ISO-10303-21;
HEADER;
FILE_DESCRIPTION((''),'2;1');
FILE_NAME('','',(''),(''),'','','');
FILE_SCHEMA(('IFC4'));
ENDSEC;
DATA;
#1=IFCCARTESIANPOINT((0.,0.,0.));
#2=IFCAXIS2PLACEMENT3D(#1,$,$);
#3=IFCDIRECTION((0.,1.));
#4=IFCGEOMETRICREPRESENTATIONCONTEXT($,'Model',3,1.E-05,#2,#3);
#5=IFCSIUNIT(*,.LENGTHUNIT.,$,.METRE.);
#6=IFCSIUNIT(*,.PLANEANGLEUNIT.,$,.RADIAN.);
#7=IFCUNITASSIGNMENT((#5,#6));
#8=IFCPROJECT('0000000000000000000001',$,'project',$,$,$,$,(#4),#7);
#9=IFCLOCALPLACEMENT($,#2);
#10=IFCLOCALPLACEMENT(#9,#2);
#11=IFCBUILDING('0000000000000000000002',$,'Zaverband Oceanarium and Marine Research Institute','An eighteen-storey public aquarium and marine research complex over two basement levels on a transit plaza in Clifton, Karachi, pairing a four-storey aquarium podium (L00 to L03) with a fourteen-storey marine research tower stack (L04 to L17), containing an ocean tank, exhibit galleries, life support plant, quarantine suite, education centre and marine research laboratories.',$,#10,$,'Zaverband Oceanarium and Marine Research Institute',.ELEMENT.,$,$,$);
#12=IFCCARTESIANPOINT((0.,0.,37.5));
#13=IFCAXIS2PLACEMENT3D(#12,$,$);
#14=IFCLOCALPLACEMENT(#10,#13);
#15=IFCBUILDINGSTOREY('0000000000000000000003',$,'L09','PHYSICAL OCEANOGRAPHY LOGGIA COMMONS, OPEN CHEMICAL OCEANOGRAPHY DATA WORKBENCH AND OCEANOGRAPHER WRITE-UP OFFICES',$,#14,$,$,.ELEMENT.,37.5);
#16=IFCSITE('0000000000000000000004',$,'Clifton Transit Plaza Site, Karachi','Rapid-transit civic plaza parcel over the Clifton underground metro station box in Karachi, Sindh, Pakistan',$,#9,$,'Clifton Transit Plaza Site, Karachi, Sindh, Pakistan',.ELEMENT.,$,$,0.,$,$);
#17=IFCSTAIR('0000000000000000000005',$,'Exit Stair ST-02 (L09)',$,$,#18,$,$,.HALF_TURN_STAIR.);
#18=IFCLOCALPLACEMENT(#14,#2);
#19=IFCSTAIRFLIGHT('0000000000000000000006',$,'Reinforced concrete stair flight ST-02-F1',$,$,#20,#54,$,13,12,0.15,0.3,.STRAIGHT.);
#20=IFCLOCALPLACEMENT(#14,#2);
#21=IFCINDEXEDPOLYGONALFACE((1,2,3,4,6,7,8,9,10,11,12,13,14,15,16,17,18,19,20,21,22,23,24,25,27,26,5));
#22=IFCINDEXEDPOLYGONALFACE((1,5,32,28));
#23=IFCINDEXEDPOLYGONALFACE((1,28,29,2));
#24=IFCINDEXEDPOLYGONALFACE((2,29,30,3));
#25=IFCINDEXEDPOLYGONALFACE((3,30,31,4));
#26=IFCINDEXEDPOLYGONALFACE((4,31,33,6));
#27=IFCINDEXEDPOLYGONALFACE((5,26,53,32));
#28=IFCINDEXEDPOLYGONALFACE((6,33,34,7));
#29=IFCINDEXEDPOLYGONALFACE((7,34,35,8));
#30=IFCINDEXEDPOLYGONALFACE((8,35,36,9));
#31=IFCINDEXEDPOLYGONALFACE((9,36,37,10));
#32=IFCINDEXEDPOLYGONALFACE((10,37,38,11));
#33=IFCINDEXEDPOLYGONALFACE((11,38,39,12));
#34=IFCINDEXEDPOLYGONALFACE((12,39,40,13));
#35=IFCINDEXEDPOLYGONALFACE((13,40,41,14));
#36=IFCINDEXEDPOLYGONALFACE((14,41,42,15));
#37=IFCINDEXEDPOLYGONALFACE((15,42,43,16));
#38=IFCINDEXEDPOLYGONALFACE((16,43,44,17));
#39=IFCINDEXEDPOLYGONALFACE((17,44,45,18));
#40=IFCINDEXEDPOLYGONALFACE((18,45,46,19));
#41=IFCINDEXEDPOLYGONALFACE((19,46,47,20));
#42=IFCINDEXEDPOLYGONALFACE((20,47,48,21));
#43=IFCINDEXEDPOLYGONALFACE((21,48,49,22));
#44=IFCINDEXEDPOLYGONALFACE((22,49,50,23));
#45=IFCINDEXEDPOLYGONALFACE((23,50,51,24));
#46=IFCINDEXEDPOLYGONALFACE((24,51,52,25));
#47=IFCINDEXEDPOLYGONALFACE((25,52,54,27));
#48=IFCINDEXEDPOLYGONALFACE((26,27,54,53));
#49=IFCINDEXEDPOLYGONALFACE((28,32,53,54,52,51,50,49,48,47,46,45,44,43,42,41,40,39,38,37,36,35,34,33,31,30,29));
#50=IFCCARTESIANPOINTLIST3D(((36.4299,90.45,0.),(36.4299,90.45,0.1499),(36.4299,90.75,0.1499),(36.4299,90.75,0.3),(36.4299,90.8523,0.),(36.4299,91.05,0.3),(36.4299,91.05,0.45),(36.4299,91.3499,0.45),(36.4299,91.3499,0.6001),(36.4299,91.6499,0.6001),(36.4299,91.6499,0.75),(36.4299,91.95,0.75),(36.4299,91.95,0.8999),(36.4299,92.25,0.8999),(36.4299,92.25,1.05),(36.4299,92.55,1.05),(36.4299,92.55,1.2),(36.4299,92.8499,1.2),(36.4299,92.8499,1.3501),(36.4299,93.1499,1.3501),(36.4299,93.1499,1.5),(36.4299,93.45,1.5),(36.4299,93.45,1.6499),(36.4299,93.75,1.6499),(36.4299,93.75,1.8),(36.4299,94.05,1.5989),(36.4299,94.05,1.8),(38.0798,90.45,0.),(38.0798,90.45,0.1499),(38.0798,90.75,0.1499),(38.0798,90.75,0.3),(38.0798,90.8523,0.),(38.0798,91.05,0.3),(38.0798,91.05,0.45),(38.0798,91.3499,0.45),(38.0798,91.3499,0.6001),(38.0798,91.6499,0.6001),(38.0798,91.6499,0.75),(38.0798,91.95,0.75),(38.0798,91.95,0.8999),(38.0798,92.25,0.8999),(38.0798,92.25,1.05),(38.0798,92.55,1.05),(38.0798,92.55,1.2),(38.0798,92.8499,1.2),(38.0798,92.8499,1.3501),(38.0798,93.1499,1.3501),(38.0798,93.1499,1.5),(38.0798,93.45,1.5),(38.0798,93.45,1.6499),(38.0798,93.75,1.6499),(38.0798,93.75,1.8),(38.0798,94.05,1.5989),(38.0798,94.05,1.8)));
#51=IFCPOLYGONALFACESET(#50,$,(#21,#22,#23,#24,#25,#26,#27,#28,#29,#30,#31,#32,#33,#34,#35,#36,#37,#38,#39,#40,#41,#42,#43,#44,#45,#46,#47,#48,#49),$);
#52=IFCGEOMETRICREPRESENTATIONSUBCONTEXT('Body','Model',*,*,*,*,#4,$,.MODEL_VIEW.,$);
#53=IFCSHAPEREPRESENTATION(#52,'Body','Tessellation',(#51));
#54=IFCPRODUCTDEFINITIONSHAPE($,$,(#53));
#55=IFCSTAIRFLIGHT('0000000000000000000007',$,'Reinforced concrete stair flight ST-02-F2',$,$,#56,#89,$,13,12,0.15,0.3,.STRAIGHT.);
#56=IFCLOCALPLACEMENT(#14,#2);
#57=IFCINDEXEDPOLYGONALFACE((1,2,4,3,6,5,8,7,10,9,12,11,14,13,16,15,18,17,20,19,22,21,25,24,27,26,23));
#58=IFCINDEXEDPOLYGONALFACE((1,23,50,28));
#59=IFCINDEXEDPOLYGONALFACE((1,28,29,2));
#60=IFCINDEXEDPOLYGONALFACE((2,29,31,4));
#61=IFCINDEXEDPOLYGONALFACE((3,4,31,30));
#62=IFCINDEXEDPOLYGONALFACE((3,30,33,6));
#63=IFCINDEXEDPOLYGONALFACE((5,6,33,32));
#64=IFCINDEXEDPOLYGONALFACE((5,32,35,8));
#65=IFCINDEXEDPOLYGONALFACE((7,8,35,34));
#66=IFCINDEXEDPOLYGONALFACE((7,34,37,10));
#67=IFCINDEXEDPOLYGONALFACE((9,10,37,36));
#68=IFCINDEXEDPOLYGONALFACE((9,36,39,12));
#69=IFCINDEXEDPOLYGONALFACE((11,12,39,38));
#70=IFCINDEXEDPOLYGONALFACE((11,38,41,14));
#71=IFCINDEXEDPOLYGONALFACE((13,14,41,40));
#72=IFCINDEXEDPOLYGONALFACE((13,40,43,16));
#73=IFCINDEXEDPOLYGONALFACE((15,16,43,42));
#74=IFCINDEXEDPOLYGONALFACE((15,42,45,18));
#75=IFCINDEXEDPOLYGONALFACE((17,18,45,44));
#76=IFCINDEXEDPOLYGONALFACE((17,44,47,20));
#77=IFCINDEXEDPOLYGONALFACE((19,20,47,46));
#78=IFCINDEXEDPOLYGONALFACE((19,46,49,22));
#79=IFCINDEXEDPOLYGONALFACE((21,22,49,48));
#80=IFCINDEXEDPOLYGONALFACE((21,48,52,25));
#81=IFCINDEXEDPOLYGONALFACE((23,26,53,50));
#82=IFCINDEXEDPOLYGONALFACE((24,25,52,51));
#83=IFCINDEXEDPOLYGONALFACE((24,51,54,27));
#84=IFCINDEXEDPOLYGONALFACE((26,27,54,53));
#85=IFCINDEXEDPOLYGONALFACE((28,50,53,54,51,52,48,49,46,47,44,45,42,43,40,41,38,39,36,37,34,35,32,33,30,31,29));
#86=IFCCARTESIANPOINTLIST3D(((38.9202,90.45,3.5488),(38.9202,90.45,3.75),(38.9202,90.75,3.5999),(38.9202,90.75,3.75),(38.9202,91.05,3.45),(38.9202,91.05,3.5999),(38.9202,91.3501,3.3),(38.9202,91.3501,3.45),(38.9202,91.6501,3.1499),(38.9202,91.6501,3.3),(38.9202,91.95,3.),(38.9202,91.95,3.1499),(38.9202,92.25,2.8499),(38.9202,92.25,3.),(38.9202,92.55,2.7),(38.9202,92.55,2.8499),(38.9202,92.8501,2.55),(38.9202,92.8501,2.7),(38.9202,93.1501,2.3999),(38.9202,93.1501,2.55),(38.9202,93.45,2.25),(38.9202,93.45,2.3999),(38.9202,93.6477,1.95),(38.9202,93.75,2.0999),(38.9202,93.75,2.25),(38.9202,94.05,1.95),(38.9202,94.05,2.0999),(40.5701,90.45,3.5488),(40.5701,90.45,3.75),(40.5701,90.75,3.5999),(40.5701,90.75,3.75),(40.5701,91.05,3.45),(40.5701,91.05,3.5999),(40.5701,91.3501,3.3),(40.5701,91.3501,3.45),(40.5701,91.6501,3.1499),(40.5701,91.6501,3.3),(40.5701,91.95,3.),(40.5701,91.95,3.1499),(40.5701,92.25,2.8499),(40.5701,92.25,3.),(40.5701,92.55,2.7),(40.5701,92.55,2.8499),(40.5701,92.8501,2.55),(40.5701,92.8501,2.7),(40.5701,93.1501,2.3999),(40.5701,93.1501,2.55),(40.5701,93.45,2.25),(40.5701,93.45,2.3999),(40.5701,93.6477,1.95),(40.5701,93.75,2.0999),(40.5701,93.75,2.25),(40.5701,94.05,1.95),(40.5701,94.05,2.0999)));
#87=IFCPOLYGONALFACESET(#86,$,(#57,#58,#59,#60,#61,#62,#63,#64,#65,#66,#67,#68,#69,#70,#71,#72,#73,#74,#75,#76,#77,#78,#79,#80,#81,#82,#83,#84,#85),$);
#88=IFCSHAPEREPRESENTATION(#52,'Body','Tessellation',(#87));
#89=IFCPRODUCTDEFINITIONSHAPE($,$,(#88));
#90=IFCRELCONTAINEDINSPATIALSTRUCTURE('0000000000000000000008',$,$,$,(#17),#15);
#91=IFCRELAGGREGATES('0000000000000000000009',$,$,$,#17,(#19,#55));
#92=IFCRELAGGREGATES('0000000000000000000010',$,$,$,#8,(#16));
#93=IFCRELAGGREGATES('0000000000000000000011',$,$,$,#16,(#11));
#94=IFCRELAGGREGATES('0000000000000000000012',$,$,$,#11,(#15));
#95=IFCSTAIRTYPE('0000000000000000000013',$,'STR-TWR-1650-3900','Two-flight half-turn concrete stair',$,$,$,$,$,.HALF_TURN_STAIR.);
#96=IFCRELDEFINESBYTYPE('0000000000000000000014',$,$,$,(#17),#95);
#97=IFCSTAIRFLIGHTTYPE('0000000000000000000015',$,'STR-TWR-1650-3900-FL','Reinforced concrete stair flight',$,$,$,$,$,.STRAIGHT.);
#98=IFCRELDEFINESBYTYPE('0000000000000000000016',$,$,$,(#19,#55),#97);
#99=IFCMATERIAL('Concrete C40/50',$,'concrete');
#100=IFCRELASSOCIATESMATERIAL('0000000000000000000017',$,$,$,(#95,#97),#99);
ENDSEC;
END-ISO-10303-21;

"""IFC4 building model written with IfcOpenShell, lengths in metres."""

from ifc_helpers import new_model, si_unit, direction, frame, origin, place, context, subcontext, project, spatial, polyline, outline, extrude, material, type_object, element, aggregate, save


model = new_model("IFC4")

# Units and contexts
model_context = context("Model", 3, precision=1e-05, world=origin(), true_north=direction((0.0, 1.0)))
body_context = subcontext(model_context, "Body", "Model", "MODEL_VIEW")
ifc_project = project(units=[si_unit("LENGTHUNIT", "METRE"), si_unit("PLANEANGLEUNIT", "RADIAN")], contexts=[model_context])

# Site, building, storey
site_placement = place(None, origin())
site = spatial("IfcSite", under=ifc_project, at=site_placement, Name="Clifton Transit Plaza Site, Karachi", Description="Rapid-transit civic plaza parcel over the Clifton underground metro station box in Karachi, Sindh, Pakistan", LongName="Clifton Transit Plaza Site, Karachi, Sindh, Pakistan", CompositionType="ELEMENT", RefElevation=0.0)
building_placement = place(site_placement, origin())
building = spatial("IfcBuilding", under=site, at=building_placement, Name="Zaverband Oceanarium and Marine Research Institute", Description="An eighteen-storey public aquarium and marine research complex over two basement levels on a transit plaza in Clifton, Karachi, pairing a four-storey aquarium podium (L00 to L03) with a fourteen-storey marine research tower stack (L04 to L17), containing an ocean tank, exhibit galleries, life support plant, quarantine suite, education centre and marine research laboratories.", LongName="Zaverband Oceanarium and Marine Research Institute", CompositionType="ELEMENT")
storey_placement = place(building_placement, frame((0.0, 0.0, 37.5)))
storey = spatial("IfcBuildingStorey", under=building, at=storey_placement, Name="L09", Description="PHYSICAL OCEANOGRAPHY LOGGIA COMMONS, OPEN CHEMICAL OCEANOGRAPHY DATA WORKBENCH AND OCEANOGRAPHER WRITE-UP OFFICES", CompositionType="ELEMENT", Elevation=37.5)

# Shared definitions
ifc_material_1 = material(Name="Concrete C40/50", Category="concrete")

# Stair, stair flights
stair_type = type_object("IfcStairType", Name="STR-TWR-1650-3900", Description="Two-flight half-turn concrete stair", PredefinedType="HALF_TURN_STAIR", material=ifc_material_1)
stair_placement = place(storey_placement, origin())
stair = element("IfcStair", 1, at=stair_placement, inside=storey, type_object=stair_type, Name="Exit Stair ST-02 (L09)", PredefinedType="HALF_TURN_STAIR")
stair_flight_type = type_object("IfcStairFlightType", Name="STR-TWR-1650-3900-FL", Description="Reinforced concrete stair flight", PredefinedType="STRAIGHT", material=ifc_material_1)
stair_flight_1_placement = place(storey_placement, frame((37.2549, 90.45, 0.0), z_axis=(0.0, 0.0, 1.0), x_axis=(0.0, 1.0, 0.0)))
stair_flight_1 = element("IfcStairFlight", 2, at=stair_flight_1_placement, type_object=stair_flight_type, Name="Reinforced concrete stair flight ST-02-F1", NumberOfRisers=13, NumberOfTreads=12, PredefinedType="STRAIGHT", RiserHeight=0.15, TreadLength=0.3, context=body_context, shape_type="SweptSolid", body=[
    extrude(outline(polyline([(0.0, 0.0), (0.0, 0.1499), (0.3, 0.1499), (0.3, 0.3), (0.6001, 0.3), (0.6001, 0.45), (0.8999, 0.45), (0.8999, 0.6001), (1.2, 0.6001), (1.2, 0.75), (1.5, 0.75), (1.5, 0.8999), (1.8, 0.8999), (1.8, 1.05), (2.1001, 1.05), (2.1001, 1.2), (2.3999, 1.2), (2.3999, 1.3501), (2.7, 1.3501), (2.7, 1.5), (3.0, 1.5), (3.0, 1.6499), (3.3, 1.6499), (3.3, 1.8), (3.6001, 1.8), (3.6001, 1.95), (3.6001, 1.5989), (0.4023, 0.0), (0.0, 0.0)])), frame((0.0, 0.825, 0.0), z_axis=(0.0, -1.0, 0.0), x_axis=(1.0, 0.0, 0.0)), (0.0, 0.0, 1.0), 1.6499),
])
stair_flight_2_placement = place(storey_placement, frame((39.7451, 94.05, 1.95), z_axis=(0.0, 0.0, 1.0), x_axis=(0.0, -1.0, 0.0)))
stair_flight_2 = element("IfcStairFlight", 3, at=stair_flight_2_placement, type_object=stair_flight_type, Name="Reinforced concrete stair flight ST-02-F2", NumberOfRisers=13, NumberOfTreads=12, PredefinedType="STRAIGHT", RiserHeight=0.15, TreadLength=0.3, context=body_context, shape_type="SweptSolid", body=[
    extrude(outline(polyline([(0.0, 0.0), (0.0, 0.1499), (0.3, 0.1499), (0.3, 0.3), (0.6001, 0.3), (0.6001, 0.45), (0.8999, 0.45), (0.8999, 0.6001), (1.2, 0.6001), (1.2, 0.75), (1.5, 0.75), (1.5, 0.8999), (1.8, 0.8999), (1.8, 1.05), (2.1001, 1.05), (2.1001, 1.2), (2.3999, 1.2), (2.3999, 1.3501), (2.7, 1.3501), (2.7, 1.5), (3.0, 1.5), (3.0, 1.6499), (3.3, 1.6499), (3.3, 1.8), (3.6001, 1.8), (3.6001, 1.95), (3.6001, 1.5989), (0.4023, 0.0), (0.0, 0.0)])), frame((0.0, 0.825, 0.0), z_axis=(0.0, -1.0, 0.0), x_axis=(1.0, 0.0, 0.0)), (0.0, 0.0, 1.0), 1.6499),
])
aggregate(stair, [stair_flight_1, stair_flight_2])

save(model, "model.ifc")
